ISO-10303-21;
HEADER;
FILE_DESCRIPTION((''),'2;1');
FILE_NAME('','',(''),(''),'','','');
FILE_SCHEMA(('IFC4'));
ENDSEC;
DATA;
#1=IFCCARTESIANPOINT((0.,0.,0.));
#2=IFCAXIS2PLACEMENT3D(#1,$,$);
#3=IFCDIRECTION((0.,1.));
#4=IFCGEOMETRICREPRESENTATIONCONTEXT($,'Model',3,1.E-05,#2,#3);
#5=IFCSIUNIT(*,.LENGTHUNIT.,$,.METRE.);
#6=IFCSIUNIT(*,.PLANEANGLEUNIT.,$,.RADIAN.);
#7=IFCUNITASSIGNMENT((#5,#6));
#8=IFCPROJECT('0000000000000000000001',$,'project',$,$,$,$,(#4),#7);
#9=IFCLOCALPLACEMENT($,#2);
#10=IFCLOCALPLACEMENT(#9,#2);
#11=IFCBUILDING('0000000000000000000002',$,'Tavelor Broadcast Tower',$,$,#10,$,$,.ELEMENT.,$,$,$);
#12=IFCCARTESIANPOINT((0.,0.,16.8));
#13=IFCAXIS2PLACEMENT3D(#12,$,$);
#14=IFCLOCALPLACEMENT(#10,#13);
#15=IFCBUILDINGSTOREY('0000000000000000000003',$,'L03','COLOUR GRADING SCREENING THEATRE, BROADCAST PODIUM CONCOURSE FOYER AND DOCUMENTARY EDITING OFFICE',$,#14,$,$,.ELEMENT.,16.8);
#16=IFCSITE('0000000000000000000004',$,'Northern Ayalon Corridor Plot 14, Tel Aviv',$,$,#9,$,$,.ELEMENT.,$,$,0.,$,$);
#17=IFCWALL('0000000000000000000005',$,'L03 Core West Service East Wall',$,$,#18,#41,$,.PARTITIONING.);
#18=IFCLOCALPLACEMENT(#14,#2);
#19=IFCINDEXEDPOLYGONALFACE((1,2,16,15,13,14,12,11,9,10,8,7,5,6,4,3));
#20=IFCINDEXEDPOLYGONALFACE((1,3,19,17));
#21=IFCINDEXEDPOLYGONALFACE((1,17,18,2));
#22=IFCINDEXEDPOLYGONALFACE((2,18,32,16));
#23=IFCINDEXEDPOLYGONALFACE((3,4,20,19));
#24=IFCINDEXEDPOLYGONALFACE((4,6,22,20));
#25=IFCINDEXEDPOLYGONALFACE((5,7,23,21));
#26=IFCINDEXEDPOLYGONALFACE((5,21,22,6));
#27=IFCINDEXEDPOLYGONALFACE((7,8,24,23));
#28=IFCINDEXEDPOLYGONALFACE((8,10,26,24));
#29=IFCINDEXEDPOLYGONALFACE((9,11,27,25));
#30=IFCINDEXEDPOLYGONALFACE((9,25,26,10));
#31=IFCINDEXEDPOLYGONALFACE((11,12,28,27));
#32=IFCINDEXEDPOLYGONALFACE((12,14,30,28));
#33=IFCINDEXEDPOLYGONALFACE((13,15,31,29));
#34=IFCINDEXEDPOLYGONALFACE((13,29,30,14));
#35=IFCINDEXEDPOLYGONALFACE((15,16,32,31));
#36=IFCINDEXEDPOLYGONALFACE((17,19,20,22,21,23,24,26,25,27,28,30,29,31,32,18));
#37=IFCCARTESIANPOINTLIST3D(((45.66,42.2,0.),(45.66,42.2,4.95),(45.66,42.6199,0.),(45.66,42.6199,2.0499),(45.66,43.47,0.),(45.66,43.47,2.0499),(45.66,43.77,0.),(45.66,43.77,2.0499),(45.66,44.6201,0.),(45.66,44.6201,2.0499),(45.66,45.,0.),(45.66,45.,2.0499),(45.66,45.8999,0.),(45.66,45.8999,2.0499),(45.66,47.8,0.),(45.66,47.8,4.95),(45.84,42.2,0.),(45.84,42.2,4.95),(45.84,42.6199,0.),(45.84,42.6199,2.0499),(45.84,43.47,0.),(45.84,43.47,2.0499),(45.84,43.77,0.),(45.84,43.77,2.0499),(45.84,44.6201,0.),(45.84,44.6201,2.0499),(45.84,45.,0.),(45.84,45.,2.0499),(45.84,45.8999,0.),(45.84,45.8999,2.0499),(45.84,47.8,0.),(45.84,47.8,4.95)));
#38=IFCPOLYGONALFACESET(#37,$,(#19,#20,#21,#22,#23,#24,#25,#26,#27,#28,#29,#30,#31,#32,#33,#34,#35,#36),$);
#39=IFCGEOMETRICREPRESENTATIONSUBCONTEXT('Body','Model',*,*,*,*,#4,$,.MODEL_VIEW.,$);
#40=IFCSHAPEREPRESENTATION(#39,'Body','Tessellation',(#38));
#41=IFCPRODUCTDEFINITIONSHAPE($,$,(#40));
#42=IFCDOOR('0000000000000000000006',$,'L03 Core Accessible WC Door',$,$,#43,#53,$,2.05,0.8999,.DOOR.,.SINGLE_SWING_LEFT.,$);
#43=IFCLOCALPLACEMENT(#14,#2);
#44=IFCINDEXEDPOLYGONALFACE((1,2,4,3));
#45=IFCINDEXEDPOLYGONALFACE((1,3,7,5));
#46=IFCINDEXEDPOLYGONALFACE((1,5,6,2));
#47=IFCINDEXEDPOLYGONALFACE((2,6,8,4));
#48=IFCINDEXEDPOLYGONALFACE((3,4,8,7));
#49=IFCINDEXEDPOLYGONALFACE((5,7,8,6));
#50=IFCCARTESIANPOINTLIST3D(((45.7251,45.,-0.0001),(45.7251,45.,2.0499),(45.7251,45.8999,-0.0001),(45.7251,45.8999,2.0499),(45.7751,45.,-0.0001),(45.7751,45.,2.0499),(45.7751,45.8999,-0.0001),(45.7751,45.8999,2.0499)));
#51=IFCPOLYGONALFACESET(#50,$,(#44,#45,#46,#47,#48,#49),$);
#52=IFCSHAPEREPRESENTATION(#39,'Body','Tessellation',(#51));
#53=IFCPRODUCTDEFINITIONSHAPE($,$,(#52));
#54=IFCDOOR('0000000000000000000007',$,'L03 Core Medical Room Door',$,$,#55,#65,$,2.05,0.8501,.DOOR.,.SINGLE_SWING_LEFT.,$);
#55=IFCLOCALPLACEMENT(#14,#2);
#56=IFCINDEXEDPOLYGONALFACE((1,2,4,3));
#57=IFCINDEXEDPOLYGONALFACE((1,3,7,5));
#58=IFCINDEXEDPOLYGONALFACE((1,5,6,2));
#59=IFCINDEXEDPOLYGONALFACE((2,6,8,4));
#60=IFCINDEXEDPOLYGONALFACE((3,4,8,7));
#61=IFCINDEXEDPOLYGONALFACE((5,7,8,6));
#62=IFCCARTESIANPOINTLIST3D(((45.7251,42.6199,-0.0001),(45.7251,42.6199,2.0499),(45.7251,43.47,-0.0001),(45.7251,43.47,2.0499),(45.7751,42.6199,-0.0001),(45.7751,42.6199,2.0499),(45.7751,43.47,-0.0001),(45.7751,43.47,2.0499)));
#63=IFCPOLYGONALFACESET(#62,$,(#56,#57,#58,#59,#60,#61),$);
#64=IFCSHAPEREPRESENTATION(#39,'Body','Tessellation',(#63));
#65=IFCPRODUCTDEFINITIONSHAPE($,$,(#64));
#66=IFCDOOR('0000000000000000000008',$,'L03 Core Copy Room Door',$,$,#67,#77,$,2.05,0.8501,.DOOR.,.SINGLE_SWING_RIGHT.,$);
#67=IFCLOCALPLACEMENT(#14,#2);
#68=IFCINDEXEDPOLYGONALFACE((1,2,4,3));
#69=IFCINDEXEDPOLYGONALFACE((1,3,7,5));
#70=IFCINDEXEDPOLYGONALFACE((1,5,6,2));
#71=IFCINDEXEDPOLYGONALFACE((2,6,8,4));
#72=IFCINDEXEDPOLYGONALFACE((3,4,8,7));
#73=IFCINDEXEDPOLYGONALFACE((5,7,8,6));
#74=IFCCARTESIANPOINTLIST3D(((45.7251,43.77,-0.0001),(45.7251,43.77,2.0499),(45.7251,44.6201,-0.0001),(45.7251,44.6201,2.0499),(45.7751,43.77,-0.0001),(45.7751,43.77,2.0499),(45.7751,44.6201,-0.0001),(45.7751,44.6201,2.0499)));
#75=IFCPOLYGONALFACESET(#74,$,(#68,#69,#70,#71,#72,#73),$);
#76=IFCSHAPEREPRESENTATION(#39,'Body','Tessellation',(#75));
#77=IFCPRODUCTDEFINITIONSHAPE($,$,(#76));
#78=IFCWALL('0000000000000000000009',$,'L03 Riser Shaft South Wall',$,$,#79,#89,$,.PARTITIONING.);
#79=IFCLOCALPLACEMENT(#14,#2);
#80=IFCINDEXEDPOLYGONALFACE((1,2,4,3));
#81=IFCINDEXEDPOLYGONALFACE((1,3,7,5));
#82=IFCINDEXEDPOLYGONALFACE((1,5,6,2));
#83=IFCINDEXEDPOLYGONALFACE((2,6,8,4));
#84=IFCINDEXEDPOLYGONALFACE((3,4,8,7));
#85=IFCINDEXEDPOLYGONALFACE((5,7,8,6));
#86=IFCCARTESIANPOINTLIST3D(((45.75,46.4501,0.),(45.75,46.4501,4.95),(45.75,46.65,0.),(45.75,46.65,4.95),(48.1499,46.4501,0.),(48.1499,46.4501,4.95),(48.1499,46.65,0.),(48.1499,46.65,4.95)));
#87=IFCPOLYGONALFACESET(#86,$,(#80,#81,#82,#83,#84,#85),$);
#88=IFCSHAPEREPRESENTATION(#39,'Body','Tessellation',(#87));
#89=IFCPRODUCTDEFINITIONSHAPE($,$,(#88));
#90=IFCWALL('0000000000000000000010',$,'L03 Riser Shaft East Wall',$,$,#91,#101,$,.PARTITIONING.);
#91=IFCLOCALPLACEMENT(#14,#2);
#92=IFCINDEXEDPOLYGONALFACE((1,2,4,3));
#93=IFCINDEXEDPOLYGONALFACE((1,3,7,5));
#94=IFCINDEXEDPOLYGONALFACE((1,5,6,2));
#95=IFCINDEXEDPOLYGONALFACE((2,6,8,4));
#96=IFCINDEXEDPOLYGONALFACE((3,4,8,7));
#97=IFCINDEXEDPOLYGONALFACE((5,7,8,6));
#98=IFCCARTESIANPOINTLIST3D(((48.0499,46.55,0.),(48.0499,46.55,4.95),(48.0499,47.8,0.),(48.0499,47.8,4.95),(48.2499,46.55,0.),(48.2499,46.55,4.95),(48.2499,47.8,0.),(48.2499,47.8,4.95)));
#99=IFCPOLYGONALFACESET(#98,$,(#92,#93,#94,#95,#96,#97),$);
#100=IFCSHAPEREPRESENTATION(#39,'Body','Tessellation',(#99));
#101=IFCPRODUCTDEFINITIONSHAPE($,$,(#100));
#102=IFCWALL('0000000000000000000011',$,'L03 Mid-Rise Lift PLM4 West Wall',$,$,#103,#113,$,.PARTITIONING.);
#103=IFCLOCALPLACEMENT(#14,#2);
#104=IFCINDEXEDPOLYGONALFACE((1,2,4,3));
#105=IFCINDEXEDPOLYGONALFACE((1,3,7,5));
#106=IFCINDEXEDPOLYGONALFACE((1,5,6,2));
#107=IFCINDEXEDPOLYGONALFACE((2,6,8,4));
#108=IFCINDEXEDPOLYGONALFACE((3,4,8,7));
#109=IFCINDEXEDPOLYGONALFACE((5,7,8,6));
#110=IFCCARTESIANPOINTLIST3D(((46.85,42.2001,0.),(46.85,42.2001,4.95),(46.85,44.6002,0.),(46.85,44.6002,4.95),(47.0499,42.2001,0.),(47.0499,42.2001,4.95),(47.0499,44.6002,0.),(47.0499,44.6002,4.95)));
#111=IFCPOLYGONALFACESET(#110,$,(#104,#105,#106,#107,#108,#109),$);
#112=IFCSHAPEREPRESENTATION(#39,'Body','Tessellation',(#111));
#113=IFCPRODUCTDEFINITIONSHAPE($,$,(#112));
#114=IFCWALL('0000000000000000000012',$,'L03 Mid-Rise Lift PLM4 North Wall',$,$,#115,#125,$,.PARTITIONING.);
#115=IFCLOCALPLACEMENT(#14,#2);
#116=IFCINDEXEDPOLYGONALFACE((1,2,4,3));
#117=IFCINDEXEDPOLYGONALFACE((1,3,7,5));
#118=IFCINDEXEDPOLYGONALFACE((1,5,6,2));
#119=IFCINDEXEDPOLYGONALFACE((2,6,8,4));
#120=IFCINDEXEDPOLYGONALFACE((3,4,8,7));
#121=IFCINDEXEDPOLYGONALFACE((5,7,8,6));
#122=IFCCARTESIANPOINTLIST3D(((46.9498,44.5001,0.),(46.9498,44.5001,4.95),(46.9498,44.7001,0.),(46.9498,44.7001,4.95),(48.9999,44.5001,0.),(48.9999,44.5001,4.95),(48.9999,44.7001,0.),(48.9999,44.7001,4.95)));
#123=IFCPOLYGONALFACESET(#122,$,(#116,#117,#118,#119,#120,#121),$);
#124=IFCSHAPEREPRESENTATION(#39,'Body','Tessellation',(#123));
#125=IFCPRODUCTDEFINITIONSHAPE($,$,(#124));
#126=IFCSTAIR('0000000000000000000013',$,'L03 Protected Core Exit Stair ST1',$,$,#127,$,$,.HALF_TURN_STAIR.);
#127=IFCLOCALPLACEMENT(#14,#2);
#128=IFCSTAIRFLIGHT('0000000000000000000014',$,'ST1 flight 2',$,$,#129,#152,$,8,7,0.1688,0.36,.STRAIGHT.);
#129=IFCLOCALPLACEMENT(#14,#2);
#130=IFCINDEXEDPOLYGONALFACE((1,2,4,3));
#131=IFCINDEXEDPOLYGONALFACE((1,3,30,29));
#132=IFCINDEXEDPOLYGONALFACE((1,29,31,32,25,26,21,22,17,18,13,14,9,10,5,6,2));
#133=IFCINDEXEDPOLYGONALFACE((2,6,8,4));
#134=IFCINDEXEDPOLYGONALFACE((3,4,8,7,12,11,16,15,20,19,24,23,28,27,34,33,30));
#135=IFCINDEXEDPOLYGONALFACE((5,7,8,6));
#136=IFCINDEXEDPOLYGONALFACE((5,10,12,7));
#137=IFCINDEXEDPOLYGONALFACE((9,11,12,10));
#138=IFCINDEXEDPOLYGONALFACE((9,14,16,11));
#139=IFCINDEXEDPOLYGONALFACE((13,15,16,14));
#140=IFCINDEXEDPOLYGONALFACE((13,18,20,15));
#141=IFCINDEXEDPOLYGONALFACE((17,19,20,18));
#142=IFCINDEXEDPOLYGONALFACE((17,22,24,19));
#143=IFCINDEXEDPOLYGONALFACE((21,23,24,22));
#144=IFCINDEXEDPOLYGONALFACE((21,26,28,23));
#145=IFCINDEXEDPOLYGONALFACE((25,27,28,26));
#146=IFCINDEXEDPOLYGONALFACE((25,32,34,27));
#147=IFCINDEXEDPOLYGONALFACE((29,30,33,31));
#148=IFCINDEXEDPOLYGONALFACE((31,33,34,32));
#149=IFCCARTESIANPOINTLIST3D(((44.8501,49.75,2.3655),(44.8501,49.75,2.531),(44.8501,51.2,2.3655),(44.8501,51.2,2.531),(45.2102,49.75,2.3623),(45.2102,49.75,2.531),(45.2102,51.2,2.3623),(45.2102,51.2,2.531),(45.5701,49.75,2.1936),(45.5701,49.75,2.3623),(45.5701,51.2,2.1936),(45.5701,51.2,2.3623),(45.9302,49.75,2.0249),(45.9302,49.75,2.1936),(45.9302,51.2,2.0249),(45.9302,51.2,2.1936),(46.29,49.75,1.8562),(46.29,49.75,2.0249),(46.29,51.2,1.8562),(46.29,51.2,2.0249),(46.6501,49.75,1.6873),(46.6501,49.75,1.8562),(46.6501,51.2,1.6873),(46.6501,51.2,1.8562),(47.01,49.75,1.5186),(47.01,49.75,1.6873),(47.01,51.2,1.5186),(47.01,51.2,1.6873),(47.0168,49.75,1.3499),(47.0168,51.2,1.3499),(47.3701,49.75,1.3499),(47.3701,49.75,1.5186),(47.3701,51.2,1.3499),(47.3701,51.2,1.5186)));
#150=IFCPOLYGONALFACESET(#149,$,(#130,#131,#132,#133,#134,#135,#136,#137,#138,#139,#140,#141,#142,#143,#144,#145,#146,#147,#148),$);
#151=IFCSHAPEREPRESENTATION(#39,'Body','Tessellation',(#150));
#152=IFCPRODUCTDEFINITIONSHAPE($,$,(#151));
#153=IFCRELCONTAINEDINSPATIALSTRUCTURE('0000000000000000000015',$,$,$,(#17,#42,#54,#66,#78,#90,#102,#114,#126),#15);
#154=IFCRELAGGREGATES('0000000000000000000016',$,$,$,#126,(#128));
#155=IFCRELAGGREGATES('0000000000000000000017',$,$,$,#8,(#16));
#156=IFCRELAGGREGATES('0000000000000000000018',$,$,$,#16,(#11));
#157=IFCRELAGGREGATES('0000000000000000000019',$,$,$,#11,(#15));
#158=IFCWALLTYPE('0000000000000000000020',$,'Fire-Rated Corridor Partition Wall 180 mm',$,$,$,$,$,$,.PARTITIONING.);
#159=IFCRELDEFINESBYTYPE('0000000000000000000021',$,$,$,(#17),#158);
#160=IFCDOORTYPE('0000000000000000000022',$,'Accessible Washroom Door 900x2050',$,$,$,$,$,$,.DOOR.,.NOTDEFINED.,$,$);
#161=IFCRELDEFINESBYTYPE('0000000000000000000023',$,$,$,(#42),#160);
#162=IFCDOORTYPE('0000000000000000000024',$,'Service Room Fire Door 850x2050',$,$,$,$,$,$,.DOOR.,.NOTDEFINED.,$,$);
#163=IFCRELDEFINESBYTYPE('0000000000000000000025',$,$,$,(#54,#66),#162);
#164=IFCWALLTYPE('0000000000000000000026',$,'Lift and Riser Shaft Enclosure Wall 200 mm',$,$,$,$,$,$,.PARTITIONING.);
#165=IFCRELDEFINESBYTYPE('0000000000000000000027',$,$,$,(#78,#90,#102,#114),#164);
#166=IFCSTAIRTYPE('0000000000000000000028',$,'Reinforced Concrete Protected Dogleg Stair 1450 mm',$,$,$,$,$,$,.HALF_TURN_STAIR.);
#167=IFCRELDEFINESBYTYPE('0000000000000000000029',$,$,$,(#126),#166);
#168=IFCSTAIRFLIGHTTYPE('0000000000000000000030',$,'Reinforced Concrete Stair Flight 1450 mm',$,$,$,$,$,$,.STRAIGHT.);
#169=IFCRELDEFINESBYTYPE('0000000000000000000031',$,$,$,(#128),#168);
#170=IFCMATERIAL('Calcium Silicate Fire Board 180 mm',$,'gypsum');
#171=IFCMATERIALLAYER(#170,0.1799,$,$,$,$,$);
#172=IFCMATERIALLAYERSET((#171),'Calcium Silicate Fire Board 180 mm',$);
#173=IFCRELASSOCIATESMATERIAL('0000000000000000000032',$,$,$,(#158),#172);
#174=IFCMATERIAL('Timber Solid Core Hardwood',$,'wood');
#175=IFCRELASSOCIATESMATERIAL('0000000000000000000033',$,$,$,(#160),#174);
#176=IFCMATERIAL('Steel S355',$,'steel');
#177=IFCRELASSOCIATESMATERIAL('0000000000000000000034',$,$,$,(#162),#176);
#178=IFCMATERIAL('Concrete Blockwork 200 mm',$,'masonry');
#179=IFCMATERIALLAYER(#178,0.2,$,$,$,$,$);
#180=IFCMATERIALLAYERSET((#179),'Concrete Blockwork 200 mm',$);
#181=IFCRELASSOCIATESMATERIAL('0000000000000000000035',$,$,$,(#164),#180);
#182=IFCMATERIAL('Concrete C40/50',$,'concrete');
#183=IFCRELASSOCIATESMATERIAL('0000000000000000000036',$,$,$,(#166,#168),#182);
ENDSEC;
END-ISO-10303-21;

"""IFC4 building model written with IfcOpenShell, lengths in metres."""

from ifc_helpers import new_model, si_unit, direction, frame, frame_2d, origin, place, context, subcontext, project, spatial, polyline, rectangle, outline, extrude, material, layer, layer_set, type_object, element, fill, aggregate, save


model = new_model("IFC4")

# Units and contexts
model_context = context("Model", 3, precision=1e-05, world=origin(), true_north=direction((0.0, 1.0)))
body_context = subcontext(model_context, "Body", "Model", "MODEL_VIEW")
ifc_project = project(units=[si_unit("LENGTHUNIT", "METRE"), si_unit("PLANEANGLEUNIT", "RADIAN")], contexts=[model_context])

# Site, building, storey
site_placement = place(None, origin())
site = spatial("IfcSite", under=ifc_project, at=site_placement, Name="Northern Ayalon Corridor Plot 14, Tel Aviv", CompositionType="ELEMENT", RefElevation=0.0)
building_placement = place(site_placement, origin())
building = spatial("IfcBuilding", under=site, at=building_placement, Name="Tavelor Broadcast Tower", CompositionType="ELEMENT")
storey_placement = place(building_placement, frame((0.0, 0.0, 16.8)))
storey = spatial("IfcBuildingStorey", under=building, at=storey_placement, Name="L03", Description="COLOUR GRADING SCREENING THEATRE, BROADCAST PODIUM CONCOURSE FOYER AND DOCUMENTARY EDITING OFFICE", CompositionType="ELEMENT", Elevation=16.8)

# Wall, openings, doors
ifc_material_1 = material(Name="Calcium Silicate Fire Board 180 mm", Category="gypsum")
ifc_layer_1 = layer(ifc_material_1, 0.1799)
ifc_layer_set_1 = layer_set([ifc_layer_1], Name="Calcium Silicate Fire Board 180 mm")
wall_type_1 = type_object("IfcWallType", Name="Fire-Rated Corridor Partition Wall 180 mm", PredefinedType="PARTITIONING", material=ifc_layer_set_1)
wall_1_placement = place(storey_placement, frame((45.75, 42.2, 0.0), z_axis=(0.0, 0.0, 1.0), x_axis=(0.0, 1.0, 0.0)))
wall_1 = element("IfcWall", 1, at=wall_1_placement, inside=storey, type_object=wall_type_1, Name="L03 Core West Service East Wall", PredefinedType="PARTITIONING", context=body_context, shape_type="SweptSolid", body=[
    extrude(rectangle(XDim=5.6001, YDim=0.1799, at=frame_2d((2.8, 0.0))), origin(), (0.0, 0.0, 1.0), 4.95),
])
opening_1_placement = place(wall_1_placement, frame((0.4199, 0.0, 0.0)))
opening_1 = element("IfcOpeningElement", 2, at=opening_1_placement, cuts=wall_1, PredefinedType="OPENING", context=body_context, shape_type="SweptSolid", body=[
    extrude(rectangle(XDim=0.8501, YDim=2.05, at=frame_2d((0.425, 1.0249))), frame((0.0, 0.1001, 0.0), z_axis=(0.0, -1.0, 0.0), x_axis=(1.0, 0.0, 0.0)), (0.0, 0.0, 1.0), 0.2),
])
opening_2_placement = place(wall_1_placement, frame((1.5701, 0.0, 0.0)))
opening_2 = element("IfcOpeningElement", 3, at=opening_2_placement, cuts=wall_1, PredefinedType="OPENING", context=body_context, shape_type="SweptSolid", body=[
    extrude(rectangle(XDim=0.8501, YDim=2.05, at=frame_2d((0.425, 1.0249))), frame((0.0, 0.1001, 0.0), z_axis=(0.0, -1.0, 0.0), x_axis=(1.0, 0.0, 0.0)), (0.0, 0.0, 1.0), 0.2),
])
opening_3_placement = place(wall_1_placement, frame((2.8, 0.0, 0.0)))
opening_3 = element("IfcOpeningElement", 4, at=opening_3_placement, cuts=wall_1, PredefinedType="OPENING", context=body_context, shape_type="SweptSolid", body=[
    extrude(rectangle(XDim=0.8999, YDim=2.05, at=frame_2d((0.45, 1.0249))), frame((0.0, 0.1001, 0.0), z_axis=(0.0, -1.0, 0.0), x_axis=(1.0, 0.0, 0.0)), (0.0, 0.0, 1.0), 0.2),
])
ifc_material_2 = material(Name="Timber Solid Core Hardwood", Category="wood")
door_type_1 = type_object("IfcDoorType", Name="Accessible Washroom Door 900x2050", OperationType="NOTDEFINED", PredefinedType="DOOR", material=ifc_material_2)
door_1_placement = place(opening_3_placement, origin())
door_1 = element("IfcDoor", 5, at=door_1_placement, inside=storey, type_object=door_type_1, Name="L03 Core Accessible WC Door", OperationType="SINGLE_SWING_LEFT", OverallHeight=2.05, OverallWidth=0.8999, PredefinedType="DOOR", context=body_context, shape_type="SweptSolid", body=[
    extrude(rectangle(XDim=0.8999, YDim=2.05, at=frame_2d((0.45, 1.0249))), frame((0.0, 0.0249, 0.0), z_axis=(0.0, -1.0, 0.0), x_axis=(1.0, 0.0, 0.0)), (0.0, 0.0, 1.0), 0.05),
])
fill(opening_3, door_1)
ifc_material_3 = material(Name="Steel S355", Category="steel")
door_type_2 = type_object("IfcDoorType", Name="Service Room Fire Door 850x2050", OperationType="NOTDEFINED", PredefinedType="DOOR", material=ifc_material_3)
door_2_placement = place(opening_1_placement, origin())
door_2 = element("IfcDoor", 6, at=door_2_placement, inside=storey, type_object=door_type_2, Name="L03 Core Medical Room Door", OperationType="SINGLE_SWING_LEFT", OverallHeight=2.05, OverallWidth=0.8501, PredefinedType="DOOR", context=body_context, shape_type="SweptSolid", body=[
    extrude(rectangle(XDim=0.8501, YDim=2.05, at=frame_2d((0.425, 1.0249))), frame((0.0, 0.0249, 0.0), z_axis=(0.0, -1.0, 0.0), x_axis=(1.0, 0.0, 0.0)), (0.0, 0.0, 1.0), 0.05),
])
fill(opening_1, door_2)
door_3_placement = place(opening_2_placement, origin())
door_3 = element("IfcDoor", 7, at=door_3_placement, inside=storey, type_object=door_type_2, Name="L03 Core Copy Room Door", OperationType="SINGLE_SWING_RIGHT", OverallHeight=2.05, OverallWidth=0.8501, PredefinedType="DOOR", context=body_context, shape_type="SweptSolid", body=[
    extrude(rectangle(XDim=0.8501, YDim=2.05, at=frame_2d((0.425, 1.0249))), frame((0.0, 0.0249, 0.0), z_axis=(0.0, -1.0, 0.0), x_axis=(1.0, 0.0, 0.0)), (0.0, 0.0, 1.0), 0.05),
])
fill(opening_2, door_3)

# Walls
ifc_material_4 = material(Name="Concrete Blockwork 200 mm", Category="masonry")
ifc_layer_2 = layer(ifc_material_4, 0.2)
ifc_layer_set_2 = layer_set([ifc_layer_2], Name="Concrete Blockwork 200 mm")
wall_type_2 = type_object("IfcWallType", Name="Lift and Riser Shaft Enclosure Wall 200 mm", PredefinedType="PARTITIONING", material=ifc_layer_set_2)
wall_2_placement = place(storey_placement, frame((45.75, 46.55, 0.0), z_axis=(0.0, 0.0, 1.0), x_axis=(1.0, 0.0, 0.0)))
element("IfcWall", 8, at=wall_2_placement, inside=storey, type_object=wall_type_2, Name="L03 Riser Shaft South Wall", PredefinedType="PARTITIONING", context=body_context, shape_type="SweptSolid", body=[
    extrude(rectangle(XDim=2.3999, YDim=0.2, at=frame_2d((1.2, 0.0))), origin(), (0.0, 0.0, 1.0), 4.95),
])
wall_3_placement = place(storey_placement, frame((48.1499, 46.55, 0.0), z_axis=(0.0, 0.0, 1.0), x_axis=(0.0, 1.0, 0.0)))
element("IfcWall", 9, at=wall_3_placement, inside=storey, type_object=wall_type_2, Name="L03 Riser Shaft East Wall", PredefinedType="PARTITIONING", context=body_context, shape_type="SweptSolid", body=[
    extrude(rectangle(XDim=1.25, YDim=0.2, at=frame_2d((0.625, 0.0))), origin(), (0.0, 0.0, 1.0), 4.95),
])
wall_4_placement = place(storey_placement, frame((46.95, 42.2, 0.0), z_axis=(0.0, 0.0, 1.0), x_axis=(0.0, 1.0, 0.0)))
element("IfcWall", 10, at=wall_4_placement, inside=storey, type_object=wall_type_2, Name="L03 Mid-Rise Lift PLM4 West Wall", PredefinedType="PARTITIONING", context=body_context, shape_type="SweptSolid", body=[
    extrude(rectangle(XDim=2.4001, YDim=0.2, at=frame_2d((1.2002, 0.0))), origin(), (0.0, 0.0, 1.0), 4.95),
])
wall_5_placement = place(storey_placement, frame((46.95, 44.6001, 0.0), z_axis=(0.0, 0.0, 1.0), x_axis=(1.0, 0.0, 0.0)))
element("IfcWall", 11, at=wall_5_placement, inside=storey, type_object=wall_type_2, Name="L03 Mid-Rise Lift PLM4 North Wall", PredefinedType="PARTITIONING", context=body_context, shape_type="SweptSolid", body=[
    extrude(rectangle(XDim=2.05, YDim=0.2, at=frame_2d((1.0249, 0.0))), origin(), (0.0, 0.0, 1.0), 4.95),
])

# Stair, stair flight
ifc_material_5 = material(Name="Concrete C40/50", Category="concrete")
stair_type = type_object("IfcStairType", Name="Reinforced Concrete Protected Dogleg Stair 1450 mm", PredefinedType="HALF_TURN_STAIR", material=ifc_material_5)
stair_1_placement = place(storey_placement, origin())
stair_1 = element("IfcStair", 12, at=stair_1_placement, inside=storey, type_object=stair_type, Name="L03 Protected Core Exit Stair ST1", PredefinedType="HALF_TURN_STAIR")
stair_flight_type = type_object("IfcStairFlightType", Name="Reinforced Concrete Stair Flight 1450 mm", PredefinedType="STRAIGHT", material=ifc_material_5)
stair_flight_1_placement = place(storey_placement, frame((47.3701, 50.4751, 1.3499), z_axis=(0.0, 0.0, 1.0), x_axis=(-1.0, 0.0, 0.0)))
stair_flight_1 = element("IfcStairFlight", 13, at=stair_flight_1_placement, type_object=stair_flight_type, Name="ST1 flight 2", NumberOfRisers=8, NumberOfTreads=7, PredefinedType="STRAIGHT", RiserHeight=0.1688, TreadLength=0.36, context=body_context, shape_type="SweptSolid", body=[
    extrude(outline(polyline([(0.0, 0.0), (0.0, 0.1687), (0.3601, 0.1687), (0.3601, 0.3374), (0.72, 0.3374), (0.72, 0.5063), (1.0801, 0.5063), (1.0801, 0.675), (1.4399, 0.675), (1.4399, 0.8438), (1.8, 0.8438), (1.8, 1.0125), (2.1599, 1.0125), (2.1599, 1.1812), (2.52, 1.1812), (2.52, 1.3501), (2.52, 1.0156), (0.3533, 0.0), (0.0, 0.0)])), frame((0.0, 0.7251, 0.0), z_axis=(0.0, -1.0, 0.0), x_axis=(1.0, 0.0, 0.0)), (0.0, 0.0, 1.0), 1.45),
])
aggregate(stair_1, [stair_flight_1])

save(model, "model.ifc")
